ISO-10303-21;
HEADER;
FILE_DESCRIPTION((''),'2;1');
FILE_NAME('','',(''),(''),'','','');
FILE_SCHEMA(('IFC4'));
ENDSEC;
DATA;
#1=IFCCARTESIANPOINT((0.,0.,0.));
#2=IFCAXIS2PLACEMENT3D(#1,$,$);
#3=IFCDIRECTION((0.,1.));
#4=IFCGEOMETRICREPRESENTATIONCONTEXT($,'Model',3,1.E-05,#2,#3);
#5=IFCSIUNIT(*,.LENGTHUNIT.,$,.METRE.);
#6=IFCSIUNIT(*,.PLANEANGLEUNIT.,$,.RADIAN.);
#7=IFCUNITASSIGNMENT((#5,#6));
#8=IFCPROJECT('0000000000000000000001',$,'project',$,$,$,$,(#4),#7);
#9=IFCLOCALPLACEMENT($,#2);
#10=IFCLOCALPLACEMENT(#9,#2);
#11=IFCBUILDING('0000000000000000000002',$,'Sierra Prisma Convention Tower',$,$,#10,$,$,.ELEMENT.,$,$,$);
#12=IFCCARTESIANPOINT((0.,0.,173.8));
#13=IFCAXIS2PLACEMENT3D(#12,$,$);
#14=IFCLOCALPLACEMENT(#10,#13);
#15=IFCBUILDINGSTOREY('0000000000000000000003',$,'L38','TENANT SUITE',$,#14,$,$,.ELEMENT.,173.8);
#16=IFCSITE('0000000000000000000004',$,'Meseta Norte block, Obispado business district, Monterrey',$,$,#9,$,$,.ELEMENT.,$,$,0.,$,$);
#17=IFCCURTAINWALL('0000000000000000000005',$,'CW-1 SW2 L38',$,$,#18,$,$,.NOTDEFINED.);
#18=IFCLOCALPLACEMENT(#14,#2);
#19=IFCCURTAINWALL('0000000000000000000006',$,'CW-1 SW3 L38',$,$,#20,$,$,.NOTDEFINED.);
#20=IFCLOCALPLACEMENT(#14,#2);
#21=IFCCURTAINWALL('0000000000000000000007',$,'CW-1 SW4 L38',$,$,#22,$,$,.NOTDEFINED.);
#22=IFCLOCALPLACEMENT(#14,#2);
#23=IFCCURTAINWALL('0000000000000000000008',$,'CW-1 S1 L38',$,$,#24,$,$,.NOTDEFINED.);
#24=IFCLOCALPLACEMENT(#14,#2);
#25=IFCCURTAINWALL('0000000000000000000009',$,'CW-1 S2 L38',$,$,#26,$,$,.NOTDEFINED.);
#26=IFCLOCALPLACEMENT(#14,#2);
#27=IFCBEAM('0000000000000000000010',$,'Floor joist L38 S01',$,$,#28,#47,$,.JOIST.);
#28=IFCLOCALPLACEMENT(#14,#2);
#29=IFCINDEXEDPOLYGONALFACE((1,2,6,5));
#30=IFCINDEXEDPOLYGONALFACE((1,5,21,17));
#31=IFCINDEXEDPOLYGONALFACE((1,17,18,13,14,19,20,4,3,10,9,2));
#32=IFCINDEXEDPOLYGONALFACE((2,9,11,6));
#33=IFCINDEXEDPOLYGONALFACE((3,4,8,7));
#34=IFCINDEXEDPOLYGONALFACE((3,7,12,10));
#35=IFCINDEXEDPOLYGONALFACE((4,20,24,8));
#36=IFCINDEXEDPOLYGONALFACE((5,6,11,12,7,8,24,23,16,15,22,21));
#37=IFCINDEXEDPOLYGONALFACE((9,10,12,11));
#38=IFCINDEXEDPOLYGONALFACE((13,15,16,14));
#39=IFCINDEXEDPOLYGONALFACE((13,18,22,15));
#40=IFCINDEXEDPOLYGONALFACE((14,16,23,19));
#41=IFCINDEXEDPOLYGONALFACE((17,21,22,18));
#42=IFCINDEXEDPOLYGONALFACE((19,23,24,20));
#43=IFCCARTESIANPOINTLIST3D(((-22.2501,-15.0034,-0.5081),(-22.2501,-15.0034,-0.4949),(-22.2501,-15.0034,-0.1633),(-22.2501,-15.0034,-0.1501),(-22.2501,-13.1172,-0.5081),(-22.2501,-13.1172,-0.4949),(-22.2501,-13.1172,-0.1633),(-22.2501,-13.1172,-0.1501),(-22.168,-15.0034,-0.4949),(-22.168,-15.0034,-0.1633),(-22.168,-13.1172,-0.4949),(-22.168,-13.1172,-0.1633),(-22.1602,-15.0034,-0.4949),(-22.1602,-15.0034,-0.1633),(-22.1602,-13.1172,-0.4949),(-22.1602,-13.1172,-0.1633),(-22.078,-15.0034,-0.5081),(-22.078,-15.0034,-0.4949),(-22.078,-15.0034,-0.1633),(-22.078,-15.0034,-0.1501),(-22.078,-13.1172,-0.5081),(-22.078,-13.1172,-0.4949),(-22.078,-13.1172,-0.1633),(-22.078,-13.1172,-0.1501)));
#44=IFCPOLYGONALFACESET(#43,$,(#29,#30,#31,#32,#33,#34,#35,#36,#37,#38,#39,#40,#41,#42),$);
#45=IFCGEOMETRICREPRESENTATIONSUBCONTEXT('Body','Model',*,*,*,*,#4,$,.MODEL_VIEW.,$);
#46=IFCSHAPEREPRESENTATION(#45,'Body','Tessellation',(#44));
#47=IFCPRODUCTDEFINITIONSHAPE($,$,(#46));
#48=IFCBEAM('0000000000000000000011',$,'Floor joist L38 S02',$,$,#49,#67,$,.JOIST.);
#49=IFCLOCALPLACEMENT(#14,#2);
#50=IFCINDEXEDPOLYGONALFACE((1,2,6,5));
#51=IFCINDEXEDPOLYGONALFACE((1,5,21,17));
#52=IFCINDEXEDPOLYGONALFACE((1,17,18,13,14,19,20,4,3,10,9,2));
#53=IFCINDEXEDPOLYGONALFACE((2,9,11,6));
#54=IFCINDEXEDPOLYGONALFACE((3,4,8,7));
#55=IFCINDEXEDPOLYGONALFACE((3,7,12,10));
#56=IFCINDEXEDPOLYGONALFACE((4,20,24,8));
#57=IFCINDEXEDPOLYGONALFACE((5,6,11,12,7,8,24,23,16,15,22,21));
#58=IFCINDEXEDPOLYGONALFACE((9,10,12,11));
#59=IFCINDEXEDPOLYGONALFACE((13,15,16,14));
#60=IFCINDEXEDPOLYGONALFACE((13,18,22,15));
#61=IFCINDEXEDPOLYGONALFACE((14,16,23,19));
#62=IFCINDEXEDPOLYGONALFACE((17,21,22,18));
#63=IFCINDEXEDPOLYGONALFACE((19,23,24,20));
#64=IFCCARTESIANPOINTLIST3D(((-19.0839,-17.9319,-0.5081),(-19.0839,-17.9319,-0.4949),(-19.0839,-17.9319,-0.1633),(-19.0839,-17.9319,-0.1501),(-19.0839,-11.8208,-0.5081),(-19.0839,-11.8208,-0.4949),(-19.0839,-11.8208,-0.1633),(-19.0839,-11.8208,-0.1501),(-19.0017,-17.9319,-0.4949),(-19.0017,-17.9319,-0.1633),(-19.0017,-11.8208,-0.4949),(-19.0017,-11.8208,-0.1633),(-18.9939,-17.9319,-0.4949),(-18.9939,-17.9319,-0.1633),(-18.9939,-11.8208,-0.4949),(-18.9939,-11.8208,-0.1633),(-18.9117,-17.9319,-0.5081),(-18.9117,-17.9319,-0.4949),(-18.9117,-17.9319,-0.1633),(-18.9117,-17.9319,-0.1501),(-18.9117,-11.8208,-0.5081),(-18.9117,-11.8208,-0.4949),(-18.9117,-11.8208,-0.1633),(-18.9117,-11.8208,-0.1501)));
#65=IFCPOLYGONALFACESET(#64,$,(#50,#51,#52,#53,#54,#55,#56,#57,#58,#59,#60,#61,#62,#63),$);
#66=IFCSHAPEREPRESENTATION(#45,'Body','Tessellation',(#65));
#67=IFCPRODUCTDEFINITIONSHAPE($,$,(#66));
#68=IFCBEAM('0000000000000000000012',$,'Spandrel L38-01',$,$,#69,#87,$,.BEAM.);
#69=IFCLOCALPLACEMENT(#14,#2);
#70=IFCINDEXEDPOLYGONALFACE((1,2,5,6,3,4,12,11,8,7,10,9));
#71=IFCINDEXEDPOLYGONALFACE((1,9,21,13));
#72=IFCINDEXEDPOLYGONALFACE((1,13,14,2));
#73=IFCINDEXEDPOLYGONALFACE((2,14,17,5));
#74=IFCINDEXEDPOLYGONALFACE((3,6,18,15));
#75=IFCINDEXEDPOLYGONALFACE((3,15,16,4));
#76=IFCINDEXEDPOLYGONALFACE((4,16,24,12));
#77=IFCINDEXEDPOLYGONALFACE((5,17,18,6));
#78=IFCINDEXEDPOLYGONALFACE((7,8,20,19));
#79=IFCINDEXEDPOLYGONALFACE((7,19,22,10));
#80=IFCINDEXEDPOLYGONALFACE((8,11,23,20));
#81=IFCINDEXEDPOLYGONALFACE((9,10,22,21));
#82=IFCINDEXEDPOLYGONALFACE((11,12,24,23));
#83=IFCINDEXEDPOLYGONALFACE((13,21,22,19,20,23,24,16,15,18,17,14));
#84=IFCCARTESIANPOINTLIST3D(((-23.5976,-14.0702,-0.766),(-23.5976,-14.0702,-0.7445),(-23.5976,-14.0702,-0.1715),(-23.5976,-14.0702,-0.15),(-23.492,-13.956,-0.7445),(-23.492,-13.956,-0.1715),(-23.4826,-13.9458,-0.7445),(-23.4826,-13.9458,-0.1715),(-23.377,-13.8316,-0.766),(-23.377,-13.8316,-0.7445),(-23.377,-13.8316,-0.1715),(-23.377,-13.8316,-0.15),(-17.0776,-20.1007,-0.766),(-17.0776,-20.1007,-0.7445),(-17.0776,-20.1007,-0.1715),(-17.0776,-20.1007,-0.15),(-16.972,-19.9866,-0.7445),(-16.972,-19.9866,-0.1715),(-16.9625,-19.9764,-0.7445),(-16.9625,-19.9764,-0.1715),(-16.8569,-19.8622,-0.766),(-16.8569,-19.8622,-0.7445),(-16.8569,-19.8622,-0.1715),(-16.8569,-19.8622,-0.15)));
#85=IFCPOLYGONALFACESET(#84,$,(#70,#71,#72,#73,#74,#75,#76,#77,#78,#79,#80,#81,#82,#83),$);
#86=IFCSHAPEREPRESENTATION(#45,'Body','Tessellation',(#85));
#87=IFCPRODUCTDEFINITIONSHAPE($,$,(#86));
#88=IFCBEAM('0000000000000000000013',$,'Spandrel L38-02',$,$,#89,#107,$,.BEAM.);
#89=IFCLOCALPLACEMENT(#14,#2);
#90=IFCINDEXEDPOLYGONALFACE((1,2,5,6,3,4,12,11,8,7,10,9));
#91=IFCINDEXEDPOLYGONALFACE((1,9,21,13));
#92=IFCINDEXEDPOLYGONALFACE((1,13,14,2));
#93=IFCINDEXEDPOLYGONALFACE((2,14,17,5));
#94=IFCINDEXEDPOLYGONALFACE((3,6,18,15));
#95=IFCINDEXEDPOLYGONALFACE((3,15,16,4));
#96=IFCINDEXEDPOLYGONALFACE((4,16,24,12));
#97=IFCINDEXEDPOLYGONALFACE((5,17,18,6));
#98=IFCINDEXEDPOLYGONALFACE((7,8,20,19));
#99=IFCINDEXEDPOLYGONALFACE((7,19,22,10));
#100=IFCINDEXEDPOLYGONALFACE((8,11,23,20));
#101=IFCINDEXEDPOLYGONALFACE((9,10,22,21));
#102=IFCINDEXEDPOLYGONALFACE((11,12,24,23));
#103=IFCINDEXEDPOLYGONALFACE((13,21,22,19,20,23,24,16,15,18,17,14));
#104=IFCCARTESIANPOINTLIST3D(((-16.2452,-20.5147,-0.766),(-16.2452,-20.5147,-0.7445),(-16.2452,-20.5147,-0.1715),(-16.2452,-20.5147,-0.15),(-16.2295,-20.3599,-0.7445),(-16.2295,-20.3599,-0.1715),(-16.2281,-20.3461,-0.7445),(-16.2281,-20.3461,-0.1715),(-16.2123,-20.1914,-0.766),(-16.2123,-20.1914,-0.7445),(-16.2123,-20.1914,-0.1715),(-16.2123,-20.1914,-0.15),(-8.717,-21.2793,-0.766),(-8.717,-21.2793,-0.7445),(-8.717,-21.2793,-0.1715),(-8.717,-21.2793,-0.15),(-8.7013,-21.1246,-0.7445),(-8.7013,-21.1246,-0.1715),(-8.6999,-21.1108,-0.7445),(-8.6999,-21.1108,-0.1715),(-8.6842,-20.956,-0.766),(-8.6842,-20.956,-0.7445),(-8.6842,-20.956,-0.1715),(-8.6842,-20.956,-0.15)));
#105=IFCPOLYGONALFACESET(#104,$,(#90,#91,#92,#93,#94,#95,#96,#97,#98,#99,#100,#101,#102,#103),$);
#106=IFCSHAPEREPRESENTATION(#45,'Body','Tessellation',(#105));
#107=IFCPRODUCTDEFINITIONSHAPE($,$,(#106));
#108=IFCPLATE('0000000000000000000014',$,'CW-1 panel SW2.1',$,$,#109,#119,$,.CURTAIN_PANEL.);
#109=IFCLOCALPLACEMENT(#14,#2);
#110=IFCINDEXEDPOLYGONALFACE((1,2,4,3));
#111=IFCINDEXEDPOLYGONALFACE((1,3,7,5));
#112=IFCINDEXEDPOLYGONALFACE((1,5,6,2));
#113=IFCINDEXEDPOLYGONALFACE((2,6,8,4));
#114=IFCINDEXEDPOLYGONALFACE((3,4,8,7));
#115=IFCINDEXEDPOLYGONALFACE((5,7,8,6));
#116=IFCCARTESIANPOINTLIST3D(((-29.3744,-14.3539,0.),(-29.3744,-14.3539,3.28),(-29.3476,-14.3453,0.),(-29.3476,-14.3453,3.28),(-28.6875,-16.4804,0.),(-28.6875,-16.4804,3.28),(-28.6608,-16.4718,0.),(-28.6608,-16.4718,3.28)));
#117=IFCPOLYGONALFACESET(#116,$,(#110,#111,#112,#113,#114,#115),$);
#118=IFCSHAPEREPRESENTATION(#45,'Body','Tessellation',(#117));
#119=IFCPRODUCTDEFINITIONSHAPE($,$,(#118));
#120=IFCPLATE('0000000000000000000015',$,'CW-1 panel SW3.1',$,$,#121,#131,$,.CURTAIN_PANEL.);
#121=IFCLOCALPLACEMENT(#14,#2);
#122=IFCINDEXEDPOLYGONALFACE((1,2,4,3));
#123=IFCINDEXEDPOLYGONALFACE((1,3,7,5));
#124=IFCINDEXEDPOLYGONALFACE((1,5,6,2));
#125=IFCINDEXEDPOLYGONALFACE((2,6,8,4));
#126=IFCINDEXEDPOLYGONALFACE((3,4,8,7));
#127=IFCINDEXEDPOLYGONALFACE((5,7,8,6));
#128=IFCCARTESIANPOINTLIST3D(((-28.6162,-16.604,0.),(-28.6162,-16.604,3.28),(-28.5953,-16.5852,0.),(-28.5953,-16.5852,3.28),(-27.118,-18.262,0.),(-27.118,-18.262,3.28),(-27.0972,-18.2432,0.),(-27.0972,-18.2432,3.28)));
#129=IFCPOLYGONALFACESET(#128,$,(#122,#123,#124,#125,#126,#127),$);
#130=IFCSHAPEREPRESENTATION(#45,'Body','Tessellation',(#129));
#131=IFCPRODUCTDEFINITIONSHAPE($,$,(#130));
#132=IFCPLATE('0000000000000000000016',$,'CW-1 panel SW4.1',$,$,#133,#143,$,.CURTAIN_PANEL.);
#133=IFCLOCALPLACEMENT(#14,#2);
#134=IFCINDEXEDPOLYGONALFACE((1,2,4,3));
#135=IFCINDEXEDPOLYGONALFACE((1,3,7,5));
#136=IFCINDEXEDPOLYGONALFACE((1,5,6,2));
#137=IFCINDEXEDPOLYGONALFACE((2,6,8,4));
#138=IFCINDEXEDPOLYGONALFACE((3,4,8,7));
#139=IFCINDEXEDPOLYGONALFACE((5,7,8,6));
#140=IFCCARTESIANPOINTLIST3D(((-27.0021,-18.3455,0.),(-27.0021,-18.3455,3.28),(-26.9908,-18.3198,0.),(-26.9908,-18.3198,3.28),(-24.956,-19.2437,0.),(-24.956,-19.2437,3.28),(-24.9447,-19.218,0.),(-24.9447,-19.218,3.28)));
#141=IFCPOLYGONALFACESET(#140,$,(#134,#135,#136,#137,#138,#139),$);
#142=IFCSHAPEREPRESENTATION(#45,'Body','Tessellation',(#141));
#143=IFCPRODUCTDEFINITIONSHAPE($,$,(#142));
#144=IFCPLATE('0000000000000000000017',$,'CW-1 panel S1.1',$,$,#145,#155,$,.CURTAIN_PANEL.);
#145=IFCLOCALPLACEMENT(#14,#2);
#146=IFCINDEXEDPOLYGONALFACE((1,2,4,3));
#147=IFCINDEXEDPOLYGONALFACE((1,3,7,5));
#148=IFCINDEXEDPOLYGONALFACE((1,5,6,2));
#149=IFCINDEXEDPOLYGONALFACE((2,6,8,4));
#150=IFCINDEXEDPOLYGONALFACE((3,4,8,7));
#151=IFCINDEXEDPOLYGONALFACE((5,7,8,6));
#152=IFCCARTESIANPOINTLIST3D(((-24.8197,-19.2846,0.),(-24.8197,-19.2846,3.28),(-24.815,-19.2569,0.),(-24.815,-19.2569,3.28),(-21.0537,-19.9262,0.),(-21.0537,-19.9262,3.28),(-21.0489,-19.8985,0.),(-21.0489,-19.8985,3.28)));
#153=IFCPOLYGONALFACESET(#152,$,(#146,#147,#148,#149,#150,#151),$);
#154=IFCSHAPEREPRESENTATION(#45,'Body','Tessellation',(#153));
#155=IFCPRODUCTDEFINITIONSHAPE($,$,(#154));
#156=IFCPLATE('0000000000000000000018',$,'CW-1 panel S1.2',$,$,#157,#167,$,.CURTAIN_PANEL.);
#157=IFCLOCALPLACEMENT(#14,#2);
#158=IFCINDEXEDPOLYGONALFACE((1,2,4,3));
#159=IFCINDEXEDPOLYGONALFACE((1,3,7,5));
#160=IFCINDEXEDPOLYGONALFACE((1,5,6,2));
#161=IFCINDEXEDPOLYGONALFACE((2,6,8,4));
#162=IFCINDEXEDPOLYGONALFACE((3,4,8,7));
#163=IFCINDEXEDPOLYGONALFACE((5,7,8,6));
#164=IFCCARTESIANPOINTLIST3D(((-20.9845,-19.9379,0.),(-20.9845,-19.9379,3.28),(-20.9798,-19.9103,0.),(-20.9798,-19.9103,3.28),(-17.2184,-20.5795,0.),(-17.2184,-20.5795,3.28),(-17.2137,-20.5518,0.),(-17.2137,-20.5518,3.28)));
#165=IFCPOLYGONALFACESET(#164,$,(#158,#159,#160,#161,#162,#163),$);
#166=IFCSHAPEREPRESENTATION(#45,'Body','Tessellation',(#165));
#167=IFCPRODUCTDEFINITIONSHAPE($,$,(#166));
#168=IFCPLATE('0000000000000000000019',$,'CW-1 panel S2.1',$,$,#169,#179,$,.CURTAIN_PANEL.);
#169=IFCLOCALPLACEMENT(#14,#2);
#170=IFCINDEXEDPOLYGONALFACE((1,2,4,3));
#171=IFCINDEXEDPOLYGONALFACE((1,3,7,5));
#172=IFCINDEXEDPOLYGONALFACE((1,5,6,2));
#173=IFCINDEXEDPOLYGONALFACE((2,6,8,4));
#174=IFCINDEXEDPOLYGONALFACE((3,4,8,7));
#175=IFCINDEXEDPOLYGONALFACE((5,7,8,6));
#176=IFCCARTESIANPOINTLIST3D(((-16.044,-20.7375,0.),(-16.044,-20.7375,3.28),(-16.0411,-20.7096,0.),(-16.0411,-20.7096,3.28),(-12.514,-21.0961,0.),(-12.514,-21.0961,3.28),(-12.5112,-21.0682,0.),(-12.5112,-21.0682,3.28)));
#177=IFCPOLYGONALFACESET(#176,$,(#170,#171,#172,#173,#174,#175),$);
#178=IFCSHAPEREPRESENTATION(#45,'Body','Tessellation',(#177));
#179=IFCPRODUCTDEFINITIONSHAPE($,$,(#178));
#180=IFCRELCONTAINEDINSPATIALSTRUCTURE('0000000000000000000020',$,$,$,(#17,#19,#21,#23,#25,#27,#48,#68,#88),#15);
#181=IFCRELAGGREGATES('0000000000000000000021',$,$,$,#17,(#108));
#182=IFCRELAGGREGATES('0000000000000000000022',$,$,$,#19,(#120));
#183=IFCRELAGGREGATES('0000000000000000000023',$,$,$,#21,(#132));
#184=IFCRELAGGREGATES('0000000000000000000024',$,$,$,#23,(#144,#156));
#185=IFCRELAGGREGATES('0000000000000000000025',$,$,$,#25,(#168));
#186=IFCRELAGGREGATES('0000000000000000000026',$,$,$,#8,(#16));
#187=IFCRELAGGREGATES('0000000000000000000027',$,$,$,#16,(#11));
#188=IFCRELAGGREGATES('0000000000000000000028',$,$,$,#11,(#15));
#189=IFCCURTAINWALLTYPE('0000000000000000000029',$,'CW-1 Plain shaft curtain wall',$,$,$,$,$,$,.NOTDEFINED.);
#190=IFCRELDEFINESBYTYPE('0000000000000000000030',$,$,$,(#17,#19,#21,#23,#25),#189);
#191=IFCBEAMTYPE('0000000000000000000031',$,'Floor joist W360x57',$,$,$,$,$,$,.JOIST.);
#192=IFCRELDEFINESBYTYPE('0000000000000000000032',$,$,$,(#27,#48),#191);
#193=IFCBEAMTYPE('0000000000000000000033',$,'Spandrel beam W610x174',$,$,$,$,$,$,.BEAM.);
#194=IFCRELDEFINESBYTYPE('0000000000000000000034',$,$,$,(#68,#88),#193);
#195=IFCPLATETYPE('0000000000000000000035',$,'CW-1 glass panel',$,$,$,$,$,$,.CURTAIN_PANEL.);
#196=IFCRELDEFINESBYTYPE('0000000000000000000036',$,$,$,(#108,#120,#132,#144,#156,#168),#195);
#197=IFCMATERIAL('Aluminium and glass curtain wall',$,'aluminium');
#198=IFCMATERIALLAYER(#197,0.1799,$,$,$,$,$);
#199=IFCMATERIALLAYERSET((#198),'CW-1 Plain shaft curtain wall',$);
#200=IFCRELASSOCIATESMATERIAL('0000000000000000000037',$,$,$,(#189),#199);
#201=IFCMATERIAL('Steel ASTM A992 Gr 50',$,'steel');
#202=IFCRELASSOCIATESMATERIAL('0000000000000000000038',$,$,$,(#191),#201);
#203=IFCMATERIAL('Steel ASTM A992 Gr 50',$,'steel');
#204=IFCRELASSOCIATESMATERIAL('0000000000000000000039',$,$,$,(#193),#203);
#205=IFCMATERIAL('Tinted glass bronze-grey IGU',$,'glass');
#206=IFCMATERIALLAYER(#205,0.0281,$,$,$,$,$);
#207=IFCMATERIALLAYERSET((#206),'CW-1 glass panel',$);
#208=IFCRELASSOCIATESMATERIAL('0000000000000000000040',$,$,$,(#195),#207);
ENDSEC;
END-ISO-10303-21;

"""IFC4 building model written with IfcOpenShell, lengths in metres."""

from ifc_helpers import new_model, si_unit, direction, frame, origin, origin_2d, place, context, subcontext, project, spatial, rectangle, i_section, extrude, material, layer, layer_set, material_profile, profile_set, type_object, element, aggregate, save


model = new_model("IFC4")

# Units and contexts
model_context = context("Model", 3, precision=1e-05, world=origin(), true_north=direction((0.0, 1.0)))
body_context = subcontext(model_context, "Body", "Model", "MODEL_VIEW")
ifc_project = project(units=[si_unit("LENGTHUNIT", "METRE"), si_unit("PLANEANGLEUNIT", "RADIAN")], contexts=[model_context])

# Site, building, storey
site_placement = place(None, origin())
site = spatial("IfcSite", under=ifc_project, at=site_placement, Name="Meseta Norte block, Obispado business district, Monterrey", CompositionType="ELEMENT", RefElevation=0.0)
building_placement = place(site_placement, origin())
building = spatial("IfcBuilding", under=site, at=building_placement, Name="Sierra Prisma Convention Tower", CompositionType="ELEMENT")
storey_placement = place(building_placement, frame((0.0, 0.0, 173.8)))
storey = spatial("IfcBuildingStorey", under=building, at=storey_placement, Name="L38", Description="TENANT SUITE", CompositionType="ELEMENT", Elevation=173.8)

# Curtain walls
ifc_material_1 = material(Name="Aluminium and glass curtain wall", Category="aluminium")
ifc_layer_1 = layer(ifc_material_1, 0.1799)
ifc_layer_set_1 = layer_set([ifc_layer_1], Name="CW-1 Plain shaft curtain wall")
curtain_wall_type = type_object("IfcCurtainWallType", Name="CW-1 Plain shaft curtain wall", PredefinedType="NOTDEFINED", material=ifc_layer_set_1)
curtain_wall_1_placement = place(storey_placement, origin())
curtain_wall_1 = element("IfcCurtainWall", 1, at=curtain_wall_1_placement, inside=storey, type_object=curtain_wall_type, Name="CW-1 SW2 L38", PredefinedType="NOTDEFINED")
curtain_wall_2_placement = place(storey_placement, origin())
curtain_wall_2 = element("IfcCurtainWall", 2, at=curtain_wall_2_placement, inside=storey, type_object=curtain_wall_type, Name="CW-1 SW3 L38", PredefinedType="NOTDEFINED")
curtain_wall_3_placement = place(storey_placement, origin())
curtain_wall_3 = element("IfcCurtainWall", 3, at=curtain_wall_3_placement, inside=storey, type_object=curtain_wall_type, Name="CW-1 SW4 L38", PredefinedType="NOTDEFINED")

# Curtain wall
curtain_wall_4_placement = place(storey_placement, origin())
curtain_wall_4 = element("IfcCurtainWall", 4, at=curtain_wall_4_placement, inside=storey, type_object=curtain_wall_type, Name="CW-1 S1 L38", PredefinedType="NOTDEFINED")

# Curtain wall
curtain_wall_5_placement = place(storey_placement, origin())
curtain_wall_5 = element("IfcCurtainWall", 5, at=curtain_wall_5_placement, inside=storey, type_object=curtain_wall_type, Name="CW-1 S2 L38", PredefinedType="NOTDEFINED")

# Beams
ifc_material_2 = material(Name="Steel ASTM A992 Gr 50", Category="steel")
ifc_material_profile_1 = material_profile(ifc_material_2, i_section(OverallWidth=0.1721, OverallDepth=0.3579, WebThickness=0.0078, FlangeThickness=0.0132, at=origin_2d()), Name="W360x57")
ifc_profile_set_1 = profile_set([ifc_material_profile_1], Name="Steel ASTM A992 Gr 50")
beam_type_1 = type_object("IfcBeamType", Name="Floor joist W360x57", PredefinedType="JOIST", material=ifc_profile_set_1)
beam_1_placement = place(storey_placement, frame((-22.1641, -15.0034, -0.3291), z_axis=(0.0, 1.0, 0.0), x_axis=(-1.0, 0.0, 0.0)))
element("IfcBeam", 6, at=beam_1_placement, inside=storey, type_object=beam_type_1, Name="Floor joist L38 S01", PredefinedType="JOIST", context=body_context, shape_type="SweptSolid", body=[
    extrude(i_section(OverallWidth=0.1721, OverallDepth=0.3579, WebThickness=0.0078, FlangeThickness=0.0132, at=origin_2d()), origin(), (0.0, 0.0, 1.0), 1.8862),
])
beam_2_placement = place(storey_placement, frame((-18.9978, -17.9319, -0.3291), z_axis=(0.0, 1.0, 0.0), x_axis=(-1.0, 0.0, 0.0)))
element("IfcBeam", 7, at=beam_2_placement, inside=storey, type_object=beam_type_1, Name="Floor joist L38 S02", PredefinedType="JOIST", context=body_context, shape_type="SweptSolid", body=[
    extrude(i_section(OverallWidth=0.1721, OverallDepth=0.3579, WebThickness=0.0078, FlangeThickness=0.0132, at=origin_2d()), origin(), (0.0, 0.0, 1.0), 6.1111),
])
ifc_material_3 = material(Name="Steel ASTM A992 Gr 50", Category="steel")
ifc_material_profile_2 = material_profile(ifc_material_3, i_section(OverallWidth=0.325, OverallDepth=0.616, WebThickness=0.0139, FlangeThickness=0.0215, at=origin_2d()), Name="W610x174")
ifc_profile_set_2 = profile_set([ifc_material_profile_2], Name="Steel ASTM A992 Gr 50")
beam_type_2 = type_object("IfcBeamType", Name="Spandrel beam W610x174", PredefinedType="BEAM", material=ifc_profile_set_2)
beam_3_placement = place(storey_placement, frame((-23.4873, -13.9509, -0.458), z_axis=(0.734128, -0.679012, 0.0), x_axis=(0.679012, 0.734128, 0.0)))
element("IfcBeam", 8, at=beam_3_placement, inside=storey, type_object=beam_type_2, Name="Spandrel L38-01", PredefinedType="BEAM", context=body_context, shape_type="SweptSolid", body=[
    extrude(i_section(OverallWidth=0.325, OverallDepth=0.616, WebThickness=0.0139, FlangeThickness=0.0215, at=origin_2d()), origin(), (0.0, 0.0, 1.0), 8.8813),
])
beam_4_placement = place(storey_placement, frame((-16.2288, -20.353, -0.458), z_axis=(0.994881, -0.101053, 0.0), x_axis=(0.101053, 0.994881, 0.0)))
element("IfcBeam", 9, at=beam_4_placement, inside=storey, type_object=beam_type_2, Name="Spandrel L38-02", PredefinedType="BEAM", context=body_context, shape_type="SweptSolid", body=[
    extrude(i_section(OverallWidth=0.325, OverallDepth=0.616, WebThickness=0.0139, FlangeThickness=0.0215, at=origin_2d()), origin(), (0.0, 0.0, 1.0), 7.5669),
])

# Plates
ifc_material_4 = material(Name="Tinted glass bronze-grey IGU", Category="glass")
ifc_layer_2 = layer(ifc_material_4, 0.0281)
ifc_layer_set_2 = layer_set([ifc_layer_2], Name="CW-1 glass panel")
plate_type = type_object("IfcPlateType", Name="CW-1 glass panel", PredefinedType="CURTAIN_PANEL", material=ifc_layer_set_2)
plate_1_placement = place(storey_placement, frame((-29.0176, -15.4128, 0.0), z_axis=(0.0, 0.0, 1.0), x_axis=(0.307362, -0.951593, 0.0)))
plate_1 = element("IfcPlate", 10, at=plate_1_placement, type_object=plate_type, Name="CW-1 panel SW2.1", PredefinedType="CURTAIN_PANEL", context=body_context, shape_type="SweptSolid", body=[
    extrude(rectangle(XDim=2.2346, YDim=0.0281, at=origin_2d()), origin(), (0.0, 0.0, 1.0), 3.28),
])
aggregate(curtain_wall_1, [plate_1])
plate_2_placement = place(storey_placement, frame((-27.8567, -17.4236, 0.0), z_axis=(0.0, 0.0, 1.0), x_axis=(0.670423, -0.741979, 0.0)))
plate_2 = element("IfcPlate", 11, at=plate_2_placement, type_object=plate_type, Name="CW-1 panel SW3.1", PredefinedType="CURTAIN_PANEL", context=body_context, shape_type="SweptSolid", body=[
    extrude(rectangle(XDim=2.2346, YDim=0.0281, at=origin_2d()), origin(), (0.0, 0.0, 1.0), 3.28),
])
aggregate(curtain_wall_2, [plate_2])
plate_3_placement = place(storey_placement, frame((-25.9734, -18.7817, 0.0), z_axis=(0.0, 0.0, 1.0), x_axis=(0.915656, -0.401962, 0.0)))
plate_3 = element("IfcPlate", 12, at=plate_3_placement, type_object=plate_type, Name="CW-1 panel SW4.1", PredefinedType="CURTAIN_PANEL", context=body_context, shape_type="SweptSolid", body=[
    extrude(rectangle(XDim=2.2346, YDim=0.0281, at=origin_2d()), origin(), (0.0, 0.0, 1.0), 3.28),
])
aggregate(curtain_wall_3, [plate_3])
plate_4_placement = place(storey_placement, frame((-22.9343, -19.5916, 0.0), z_axis=(0.0, 0.0, 1.0), x_axis=(0.985798, -0.167933, 0.0)))
plate_4 = element("IfcPlate", 13, at=plate_4_placement, type_object=plate_type, Name="CW-1 panel S1.1", PredefinedType="CURTAIN_PANEL", context=body_context, shape_type="SweptSolid", body=[
    extrude(rectangle(XDim=3.8203, YDim=0.0281, at=origin_2d()), origin(), (0.0, 0.0, 1.0), 3.28),
])
plate_5_placement = place(storey_placement, frame((-19.0991, -20.2449, 0.0), z_axis=(0.0, 0.0, 1.0), x_axis=(0.985798, -0.167933, 0.0)))
plate_5 = element("IfcPlate", 14, at=plate_5_placement, type_object=plate_type, Name="CW-1 panel S1.2", PredefinedType="CURTAIN_PANEL", context=body_context, shape_type="SweptSolid", body=[
    extrude(rectangle(XDim=3.8203, YDim=0.0281, at=origin_2d()), origin(), (0.0, 0.0, 1.0), 3.28),
])
aggregate(curtain_wall_4, [plate_4, plate_5])
plate_6_placement = place(storey_placement, frame((-14.2776, -20.9028, 0.0), z_axis=(0.0, 0.0, 1.0), x_axis=(0.99488, -0.101067, 0.0)))
plate_6 = element("IfcPlate", 15, at=plate_6_placement, type_object=plate_type, Name="CW-1 panel S2.1", PredefinedType="CURTAIN_PANEL", context=body_context, shape_type="SweptSolid", body=[
    extrude(rectangle(XDim=3.5481, YDim=0.0281, at=origin_2d()), origin(), (0.0, 0.0, 1.0), 3.28),
])
aggregate(curtain_wall_5, [plate_6])

save(model, "model.ifc")
